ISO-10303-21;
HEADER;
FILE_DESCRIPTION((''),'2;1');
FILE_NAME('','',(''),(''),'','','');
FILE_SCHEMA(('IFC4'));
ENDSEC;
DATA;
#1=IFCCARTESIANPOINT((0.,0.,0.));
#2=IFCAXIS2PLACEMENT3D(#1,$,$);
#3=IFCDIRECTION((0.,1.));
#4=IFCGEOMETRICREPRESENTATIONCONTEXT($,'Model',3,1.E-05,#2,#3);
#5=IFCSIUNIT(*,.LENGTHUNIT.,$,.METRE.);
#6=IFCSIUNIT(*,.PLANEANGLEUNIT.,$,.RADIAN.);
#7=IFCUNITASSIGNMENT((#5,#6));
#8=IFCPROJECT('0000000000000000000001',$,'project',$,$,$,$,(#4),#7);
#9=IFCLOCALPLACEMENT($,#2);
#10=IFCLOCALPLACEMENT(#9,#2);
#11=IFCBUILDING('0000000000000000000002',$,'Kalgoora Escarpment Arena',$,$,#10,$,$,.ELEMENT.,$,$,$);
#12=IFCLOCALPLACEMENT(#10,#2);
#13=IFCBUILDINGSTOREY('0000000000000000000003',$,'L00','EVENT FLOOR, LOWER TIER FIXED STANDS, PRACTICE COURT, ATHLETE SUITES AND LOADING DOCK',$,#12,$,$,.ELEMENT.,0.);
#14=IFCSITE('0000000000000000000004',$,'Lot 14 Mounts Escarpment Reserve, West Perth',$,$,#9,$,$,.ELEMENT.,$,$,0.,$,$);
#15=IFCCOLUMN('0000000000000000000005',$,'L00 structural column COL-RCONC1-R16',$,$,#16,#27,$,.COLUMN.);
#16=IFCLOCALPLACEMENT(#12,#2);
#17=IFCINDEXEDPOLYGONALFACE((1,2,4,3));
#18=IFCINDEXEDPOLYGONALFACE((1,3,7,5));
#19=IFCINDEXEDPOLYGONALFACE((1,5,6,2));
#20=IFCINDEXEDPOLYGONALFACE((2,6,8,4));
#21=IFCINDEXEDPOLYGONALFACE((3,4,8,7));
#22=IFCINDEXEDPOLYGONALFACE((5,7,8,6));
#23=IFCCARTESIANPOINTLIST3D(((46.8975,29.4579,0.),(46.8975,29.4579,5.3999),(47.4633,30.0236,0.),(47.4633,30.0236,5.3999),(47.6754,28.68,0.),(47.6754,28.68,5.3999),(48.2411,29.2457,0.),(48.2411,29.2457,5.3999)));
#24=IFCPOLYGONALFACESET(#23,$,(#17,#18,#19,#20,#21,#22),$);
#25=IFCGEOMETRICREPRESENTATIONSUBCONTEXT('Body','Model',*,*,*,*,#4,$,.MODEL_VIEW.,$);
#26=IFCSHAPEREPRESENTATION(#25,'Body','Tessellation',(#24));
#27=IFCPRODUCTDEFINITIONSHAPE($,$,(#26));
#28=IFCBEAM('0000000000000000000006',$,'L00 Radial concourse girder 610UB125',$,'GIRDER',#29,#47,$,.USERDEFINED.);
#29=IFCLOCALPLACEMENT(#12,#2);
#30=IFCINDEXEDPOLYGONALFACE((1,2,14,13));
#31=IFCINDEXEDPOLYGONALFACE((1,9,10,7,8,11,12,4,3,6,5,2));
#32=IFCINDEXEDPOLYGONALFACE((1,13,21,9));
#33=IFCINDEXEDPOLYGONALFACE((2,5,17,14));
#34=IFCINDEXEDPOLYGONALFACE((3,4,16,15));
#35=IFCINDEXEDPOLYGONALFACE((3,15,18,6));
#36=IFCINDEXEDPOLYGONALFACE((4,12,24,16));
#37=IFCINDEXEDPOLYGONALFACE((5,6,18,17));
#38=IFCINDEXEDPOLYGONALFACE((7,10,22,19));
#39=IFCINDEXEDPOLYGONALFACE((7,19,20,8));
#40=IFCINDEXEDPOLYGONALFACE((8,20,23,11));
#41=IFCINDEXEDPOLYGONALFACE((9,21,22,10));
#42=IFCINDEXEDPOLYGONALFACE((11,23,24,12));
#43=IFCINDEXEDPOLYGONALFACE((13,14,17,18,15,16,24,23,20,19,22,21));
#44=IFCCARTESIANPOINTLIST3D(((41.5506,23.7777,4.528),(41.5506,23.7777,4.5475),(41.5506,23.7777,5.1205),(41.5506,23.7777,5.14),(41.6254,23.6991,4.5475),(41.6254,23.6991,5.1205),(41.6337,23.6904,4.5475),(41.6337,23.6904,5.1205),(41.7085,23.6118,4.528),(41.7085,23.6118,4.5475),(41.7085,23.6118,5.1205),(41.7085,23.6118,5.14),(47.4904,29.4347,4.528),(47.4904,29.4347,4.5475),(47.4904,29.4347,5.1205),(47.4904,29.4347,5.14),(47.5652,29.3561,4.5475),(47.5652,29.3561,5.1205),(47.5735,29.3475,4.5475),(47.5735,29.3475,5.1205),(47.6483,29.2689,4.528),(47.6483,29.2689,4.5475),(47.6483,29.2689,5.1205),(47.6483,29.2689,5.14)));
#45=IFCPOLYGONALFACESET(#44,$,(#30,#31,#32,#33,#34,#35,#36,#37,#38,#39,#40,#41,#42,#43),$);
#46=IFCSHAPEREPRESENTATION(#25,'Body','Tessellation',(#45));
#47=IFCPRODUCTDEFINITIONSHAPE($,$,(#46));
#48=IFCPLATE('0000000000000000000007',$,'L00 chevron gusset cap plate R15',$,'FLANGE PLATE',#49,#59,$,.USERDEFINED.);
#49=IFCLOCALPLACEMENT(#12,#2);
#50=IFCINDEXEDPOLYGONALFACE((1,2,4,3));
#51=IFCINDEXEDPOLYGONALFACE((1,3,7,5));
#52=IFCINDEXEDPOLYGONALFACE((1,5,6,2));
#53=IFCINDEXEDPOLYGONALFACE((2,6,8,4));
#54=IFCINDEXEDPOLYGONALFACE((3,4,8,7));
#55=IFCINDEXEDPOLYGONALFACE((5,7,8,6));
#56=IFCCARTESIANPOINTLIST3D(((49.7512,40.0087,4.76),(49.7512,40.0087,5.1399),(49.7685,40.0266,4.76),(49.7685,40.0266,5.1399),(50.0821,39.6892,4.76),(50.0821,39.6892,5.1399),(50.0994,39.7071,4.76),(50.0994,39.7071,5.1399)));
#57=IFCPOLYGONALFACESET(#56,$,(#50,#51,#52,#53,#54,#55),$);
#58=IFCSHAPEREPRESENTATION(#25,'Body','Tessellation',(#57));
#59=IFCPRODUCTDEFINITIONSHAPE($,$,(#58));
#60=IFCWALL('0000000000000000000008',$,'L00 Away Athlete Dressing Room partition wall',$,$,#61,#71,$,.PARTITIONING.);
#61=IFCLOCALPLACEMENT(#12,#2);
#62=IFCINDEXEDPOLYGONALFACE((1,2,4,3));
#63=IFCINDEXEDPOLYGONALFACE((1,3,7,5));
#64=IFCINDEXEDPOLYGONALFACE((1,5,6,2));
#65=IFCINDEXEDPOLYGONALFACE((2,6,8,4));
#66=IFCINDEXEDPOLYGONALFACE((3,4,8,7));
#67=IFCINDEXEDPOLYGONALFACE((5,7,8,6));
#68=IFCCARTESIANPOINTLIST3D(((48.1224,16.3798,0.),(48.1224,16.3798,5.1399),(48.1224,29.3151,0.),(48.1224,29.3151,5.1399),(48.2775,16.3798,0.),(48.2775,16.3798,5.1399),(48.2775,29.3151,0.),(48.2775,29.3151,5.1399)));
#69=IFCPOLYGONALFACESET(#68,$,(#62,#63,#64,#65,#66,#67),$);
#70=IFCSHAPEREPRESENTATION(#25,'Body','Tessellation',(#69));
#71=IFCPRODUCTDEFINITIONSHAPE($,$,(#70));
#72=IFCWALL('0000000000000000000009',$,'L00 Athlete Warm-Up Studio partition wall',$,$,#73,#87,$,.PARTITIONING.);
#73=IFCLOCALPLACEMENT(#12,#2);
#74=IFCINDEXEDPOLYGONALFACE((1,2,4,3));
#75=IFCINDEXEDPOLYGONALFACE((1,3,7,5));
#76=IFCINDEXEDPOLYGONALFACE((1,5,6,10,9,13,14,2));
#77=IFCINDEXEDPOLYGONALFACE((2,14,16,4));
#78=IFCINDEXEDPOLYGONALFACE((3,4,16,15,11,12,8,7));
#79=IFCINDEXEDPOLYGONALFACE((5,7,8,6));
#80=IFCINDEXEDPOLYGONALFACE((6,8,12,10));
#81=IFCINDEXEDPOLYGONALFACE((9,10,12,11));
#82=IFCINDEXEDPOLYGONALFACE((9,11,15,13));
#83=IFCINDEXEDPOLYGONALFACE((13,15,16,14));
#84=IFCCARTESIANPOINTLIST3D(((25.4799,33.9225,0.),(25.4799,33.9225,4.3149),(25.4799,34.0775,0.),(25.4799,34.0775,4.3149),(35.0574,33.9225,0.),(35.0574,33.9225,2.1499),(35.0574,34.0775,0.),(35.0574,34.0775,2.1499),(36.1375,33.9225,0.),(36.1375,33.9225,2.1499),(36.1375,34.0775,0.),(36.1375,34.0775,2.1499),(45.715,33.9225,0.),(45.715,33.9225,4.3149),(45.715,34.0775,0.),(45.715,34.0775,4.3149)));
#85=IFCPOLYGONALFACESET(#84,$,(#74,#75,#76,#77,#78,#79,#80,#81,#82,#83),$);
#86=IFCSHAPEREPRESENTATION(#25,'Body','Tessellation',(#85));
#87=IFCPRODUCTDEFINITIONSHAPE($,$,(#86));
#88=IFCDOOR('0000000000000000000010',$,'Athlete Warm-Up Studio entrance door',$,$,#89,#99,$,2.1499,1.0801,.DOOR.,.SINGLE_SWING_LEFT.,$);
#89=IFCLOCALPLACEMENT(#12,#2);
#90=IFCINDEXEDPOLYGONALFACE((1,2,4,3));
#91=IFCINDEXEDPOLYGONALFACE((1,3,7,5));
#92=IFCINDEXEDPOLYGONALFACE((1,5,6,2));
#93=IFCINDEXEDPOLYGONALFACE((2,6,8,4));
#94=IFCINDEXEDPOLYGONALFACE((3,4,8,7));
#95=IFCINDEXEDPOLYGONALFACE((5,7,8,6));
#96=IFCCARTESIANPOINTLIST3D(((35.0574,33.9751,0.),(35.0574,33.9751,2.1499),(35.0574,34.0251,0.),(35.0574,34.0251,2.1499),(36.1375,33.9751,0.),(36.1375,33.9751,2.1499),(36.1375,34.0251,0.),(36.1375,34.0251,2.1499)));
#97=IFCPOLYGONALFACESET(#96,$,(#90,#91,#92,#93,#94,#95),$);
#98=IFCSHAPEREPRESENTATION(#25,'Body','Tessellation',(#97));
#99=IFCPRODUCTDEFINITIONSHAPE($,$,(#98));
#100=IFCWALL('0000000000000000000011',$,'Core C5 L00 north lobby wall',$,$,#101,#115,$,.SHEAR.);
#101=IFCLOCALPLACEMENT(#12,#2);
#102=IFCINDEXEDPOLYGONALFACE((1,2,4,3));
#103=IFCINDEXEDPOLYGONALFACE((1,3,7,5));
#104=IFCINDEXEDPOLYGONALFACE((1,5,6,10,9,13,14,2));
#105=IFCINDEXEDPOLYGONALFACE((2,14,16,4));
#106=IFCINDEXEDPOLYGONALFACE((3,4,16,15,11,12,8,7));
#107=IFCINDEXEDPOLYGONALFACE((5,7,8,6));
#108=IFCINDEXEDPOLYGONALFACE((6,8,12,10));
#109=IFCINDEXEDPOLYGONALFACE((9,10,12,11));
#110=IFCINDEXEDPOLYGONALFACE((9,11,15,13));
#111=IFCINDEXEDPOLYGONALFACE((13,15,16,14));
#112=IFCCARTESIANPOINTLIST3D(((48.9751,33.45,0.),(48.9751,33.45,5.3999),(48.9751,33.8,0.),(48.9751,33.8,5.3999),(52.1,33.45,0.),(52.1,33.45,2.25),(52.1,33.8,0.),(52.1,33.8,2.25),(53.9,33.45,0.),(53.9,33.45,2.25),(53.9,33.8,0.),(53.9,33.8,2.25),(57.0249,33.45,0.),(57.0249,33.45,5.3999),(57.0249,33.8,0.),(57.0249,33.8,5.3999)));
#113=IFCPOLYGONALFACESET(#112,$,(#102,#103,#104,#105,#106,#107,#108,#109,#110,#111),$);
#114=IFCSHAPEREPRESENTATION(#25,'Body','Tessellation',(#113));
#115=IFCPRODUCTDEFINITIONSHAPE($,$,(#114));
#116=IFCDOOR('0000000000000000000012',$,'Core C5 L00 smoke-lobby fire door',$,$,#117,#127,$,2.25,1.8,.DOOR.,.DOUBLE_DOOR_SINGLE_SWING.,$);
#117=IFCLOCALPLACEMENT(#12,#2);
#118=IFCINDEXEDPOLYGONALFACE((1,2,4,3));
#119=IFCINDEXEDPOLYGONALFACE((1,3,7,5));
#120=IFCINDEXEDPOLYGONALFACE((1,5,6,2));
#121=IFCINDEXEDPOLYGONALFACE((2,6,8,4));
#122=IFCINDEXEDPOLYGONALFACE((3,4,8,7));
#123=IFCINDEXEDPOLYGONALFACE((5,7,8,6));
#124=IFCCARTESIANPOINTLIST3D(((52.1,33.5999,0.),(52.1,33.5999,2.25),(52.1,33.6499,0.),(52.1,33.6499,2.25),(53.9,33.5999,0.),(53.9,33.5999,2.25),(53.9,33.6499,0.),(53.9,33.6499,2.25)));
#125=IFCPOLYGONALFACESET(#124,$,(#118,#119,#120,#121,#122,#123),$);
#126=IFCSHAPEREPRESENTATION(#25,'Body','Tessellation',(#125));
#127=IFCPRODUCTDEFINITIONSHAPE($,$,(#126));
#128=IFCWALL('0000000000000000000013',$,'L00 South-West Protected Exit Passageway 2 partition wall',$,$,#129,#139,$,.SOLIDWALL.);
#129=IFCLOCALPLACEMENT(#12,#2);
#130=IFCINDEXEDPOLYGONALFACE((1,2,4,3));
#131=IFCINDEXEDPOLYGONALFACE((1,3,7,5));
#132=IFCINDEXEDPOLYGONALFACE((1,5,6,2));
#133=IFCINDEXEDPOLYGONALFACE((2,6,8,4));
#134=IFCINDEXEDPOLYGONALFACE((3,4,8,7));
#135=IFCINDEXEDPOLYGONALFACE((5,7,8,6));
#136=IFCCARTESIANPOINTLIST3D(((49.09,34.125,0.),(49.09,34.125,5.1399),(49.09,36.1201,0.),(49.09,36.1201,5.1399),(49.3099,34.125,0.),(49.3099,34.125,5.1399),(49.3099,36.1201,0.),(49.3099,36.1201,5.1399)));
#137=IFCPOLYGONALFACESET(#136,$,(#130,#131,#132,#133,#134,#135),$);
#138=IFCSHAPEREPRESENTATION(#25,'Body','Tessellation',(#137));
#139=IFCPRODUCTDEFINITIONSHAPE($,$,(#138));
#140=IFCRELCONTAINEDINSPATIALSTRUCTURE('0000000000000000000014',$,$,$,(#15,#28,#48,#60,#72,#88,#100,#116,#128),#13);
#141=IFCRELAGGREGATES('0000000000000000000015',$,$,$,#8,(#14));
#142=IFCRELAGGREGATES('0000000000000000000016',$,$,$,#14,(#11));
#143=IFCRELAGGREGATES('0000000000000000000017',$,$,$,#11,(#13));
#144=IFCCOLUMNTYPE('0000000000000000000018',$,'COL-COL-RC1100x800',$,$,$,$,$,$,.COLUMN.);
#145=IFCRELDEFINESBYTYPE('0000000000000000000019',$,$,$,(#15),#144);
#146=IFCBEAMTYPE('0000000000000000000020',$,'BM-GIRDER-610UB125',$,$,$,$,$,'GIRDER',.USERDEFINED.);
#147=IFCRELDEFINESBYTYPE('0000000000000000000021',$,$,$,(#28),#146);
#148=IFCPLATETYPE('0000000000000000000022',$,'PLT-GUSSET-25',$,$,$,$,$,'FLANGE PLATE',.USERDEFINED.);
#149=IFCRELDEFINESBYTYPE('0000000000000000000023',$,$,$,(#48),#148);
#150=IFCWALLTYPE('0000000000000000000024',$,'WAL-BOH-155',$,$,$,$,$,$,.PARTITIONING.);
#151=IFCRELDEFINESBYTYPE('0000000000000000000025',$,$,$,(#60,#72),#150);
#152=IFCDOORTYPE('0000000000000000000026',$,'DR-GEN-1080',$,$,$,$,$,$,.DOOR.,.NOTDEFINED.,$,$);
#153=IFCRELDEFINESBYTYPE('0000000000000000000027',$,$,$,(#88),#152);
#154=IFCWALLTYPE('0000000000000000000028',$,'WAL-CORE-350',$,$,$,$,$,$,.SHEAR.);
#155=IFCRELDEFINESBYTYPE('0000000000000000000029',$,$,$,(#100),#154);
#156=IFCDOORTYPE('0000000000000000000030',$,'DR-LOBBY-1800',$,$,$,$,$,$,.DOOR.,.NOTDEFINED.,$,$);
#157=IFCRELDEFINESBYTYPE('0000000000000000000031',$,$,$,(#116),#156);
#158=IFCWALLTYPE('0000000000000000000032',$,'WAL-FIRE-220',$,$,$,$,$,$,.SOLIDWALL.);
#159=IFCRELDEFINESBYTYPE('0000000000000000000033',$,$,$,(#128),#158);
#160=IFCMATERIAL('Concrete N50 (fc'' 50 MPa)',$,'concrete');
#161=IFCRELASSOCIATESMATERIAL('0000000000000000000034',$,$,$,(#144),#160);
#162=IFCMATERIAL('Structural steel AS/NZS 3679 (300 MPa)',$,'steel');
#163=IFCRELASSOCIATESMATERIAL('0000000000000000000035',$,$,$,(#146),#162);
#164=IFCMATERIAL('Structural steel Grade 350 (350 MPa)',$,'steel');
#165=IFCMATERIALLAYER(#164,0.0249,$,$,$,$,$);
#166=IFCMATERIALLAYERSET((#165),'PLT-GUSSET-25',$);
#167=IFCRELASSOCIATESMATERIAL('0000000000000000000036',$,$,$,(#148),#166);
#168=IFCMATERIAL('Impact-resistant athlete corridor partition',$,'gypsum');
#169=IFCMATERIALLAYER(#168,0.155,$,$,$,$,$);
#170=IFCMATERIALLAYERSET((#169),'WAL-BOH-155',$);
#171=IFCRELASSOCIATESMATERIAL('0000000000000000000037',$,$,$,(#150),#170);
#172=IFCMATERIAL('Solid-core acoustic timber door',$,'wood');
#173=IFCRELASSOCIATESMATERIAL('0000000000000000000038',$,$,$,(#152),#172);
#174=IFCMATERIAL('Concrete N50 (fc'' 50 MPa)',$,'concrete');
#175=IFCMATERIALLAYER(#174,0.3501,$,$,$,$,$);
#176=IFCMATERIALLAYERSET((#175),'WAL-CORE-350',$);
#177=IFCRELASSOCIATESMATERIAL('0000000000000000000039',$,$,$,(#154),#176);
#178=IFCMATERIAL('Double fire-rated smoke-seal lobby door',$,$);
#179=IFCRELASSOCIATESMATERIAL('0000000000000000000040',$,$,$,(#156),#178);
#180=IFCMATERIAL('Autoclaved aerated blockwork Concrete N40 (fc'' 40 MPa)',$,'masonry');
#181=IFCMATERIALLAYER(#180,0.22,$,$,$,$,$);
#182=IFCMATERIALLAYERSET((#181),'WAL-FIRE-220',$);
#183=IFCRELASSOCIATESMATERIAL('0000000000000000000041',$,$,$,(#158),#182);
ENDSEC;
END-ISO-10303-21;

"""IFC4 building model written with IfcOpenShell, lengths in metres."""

from ifc_helpers import new_model, si_unit, direction, frame, frame_2d, origin, origin_2d, place, context, subcontext, project, spatial, rectangle, i_section, extrude, material, layer, layer_set, material_profile, profile_set, type_object, element, fill, save


model = new_model("IFC4")

# Units and contexts
model_context = context("Model", 3, precision=1e-05, world=origin(), true_north=direction((0.0, 1.0)))
body_context = subcontext(model_context, "Body", "Model", "MODEL_VIEW")
ifc_project = project(units=[si_unit("LENGTHUNIT", "METRE"), si_unit("PLANEANGLEUNIT", "RADIAN")], contexts=[model_context])

# Site, building, storey
site_placement = place(None, origin())
site = spatial("IfcSite", under=ifc_project, at=site_placement, Name="Lot 14 Mounts Escarpment Reserve, West Perth", CompositionType="ELEMENT", RefElevation=0.0)
building_placement = place(site_placement, origin())
building = spatial("IfcBuilding", under=site, at=building_placement, Name="Kalgoora Escarpment Arena", CompositionType="ELEMENT")
storey_placement = place(building_placement, origin())
storey = spatial("IfcBuildingStorey", under=building, at=storey_placement, Name="L00", Description="EVENT FLOOR, LOWER TIER FIXED STANDS, PRACTICE COURT, ATHLETE SUITES AND LOADING DOCK", CompositionType="ELEMENT", Elevation=0.0)

# Column
ifc_material_1 = material(Name="Concrete N50 (fc' 50 MPa)", Category="concrete")
ifc_material_profile_1 = material_profile(ifc_material_1, rectangle(XDim=0.8, YDim=1.1001, at=origin_2d()))
ifc_profile_set_1 = profile_set([ifc_material_profile_1], Name="Concrete N50 (fc' 50 MPa)")
column_type = type_object("IfcColumnType", Name="COL-COL-RC1100x800", PredefinedType="COLUMN", material=ifc_profile_set_1)
column_placement = place(storey_placement, frame((47.5693, 29.3518, 0.0), z_axis=(0.0, 0.0, 1.0), x_axis=(-0.707107, -0.707107, 0.0)))
element("IfcColumn", 1, at=column_placement, inside=storey, type_object=column_type, Name="L00 structural column COL-RCONC1-R16", PredefinedType="COLUMN", context=body_context, shape_type="SweptSolid", body=[
    extrude(rectangle(XDim=0.8, YDim=1.1001, at=origin_2d()), origin(), (0.0, 0.0, 1.0), 5.3999),
])

# Beam
ifc_material_2 = material(Name="Structural steel AS/NZS 3679 (300 MPa)", Category="steel")
ifc_material_profile_2 = material_profile(ifc_material_2, i_section(OverallWidth=0.229, OverallDepth=0.6121, WebThickness=0.012, FlangeThickness=0.0195, at=origin_2d()))
ifc_profile_set_2 = profile_set([ifc_material_profile_2], Name="Structural steel AS/NZS 3679 (300 MPa)")
beam_type = type_object("IfcBeamType", Name="BM-GIRDER-610UB125", ElementType="GIRDER", PredefinedType="USERDEFINED", material=ifc_profile_set_2)
beam_placement = place(storey_placement, frame((47.5693, 29.3518, 4.834), z_axis=(-0.72413, -0.689663, 0.0), x_axis=(0.689663, -0.72413, 0.0)))
element("IfcBeam", 2, at=beam_placement, inside=storey, type_object=beam_type, Name="L00 Radial concourse girder 610UB125", ObjectType="GIRDER", PredefinedType="USERDEFINED", context=body_context, shape_type="SweptSolid", body=[
    extrude(i_section(OverallWidth=0.229, OverallDepth=0.6121, WebThickness=0.012, FlangeThickness=0.0195, at=origin_2d()), origin(), (0.0, 0.0, 1.0), 8.2026),
])

# Plate
ifc_material_3 = material(Name="Structural steel Grade 350 (350 MPa)", Category="steel")
ifc_layer_1 = layer(ifc_material_3, 0.0249)
ifc_layer_set_1 = layer_set([ifc_layer_1], Name="PLT-GUSSET-25")
plate_type = type_object("IfcPlateType", Name="PLT-GUSSET-25", ElementType="FLANGE PLATE", PredefinedType="USERDEFINED", material=ifc_layer_set_1)
plate_placement = place(storey_placement, frame((49.9253, 39.8579, 4.76), z_axis=(0.0, 0.0, 1.0), x_axis=(0.719461, -0.694533, 0.0)))
element("IfcPlate", 3, at=plate_placement, inside=storey, type_object=plate_type, Name="L00 chevron gusset cap plate R15", ObjectType="FLANGE PLATE", PredefinedType="USERDEFINED", context=body_context, shape_type="SweptSolid", body=[
    extrude(rectangle(XDim=0.46, YDim=0.0249, at=origin_2d()), origin(), (0.0, 0.0, 1.0), 0.3799),
])

# Wall
ifc_material_4 = material(Name="Impact-resistant athlete corridor partition", Category="gypsum")
ifc_layer_2 = layer(ifc_material_4, 0.155)
ifc_layer_set_2 = layer_set([ifc_layer_2], Name="WAL-BOH-155")
wall_type_1 = type_object("IfcWallType", Name="WAL-BOH-155", PredefinedType="PARTITIONING", material=ifc_layer_set_2)
wall_1_placement = place(storey_placement, frame((48.2, 29.3152, 0.0), z_axis=(0.0, 0.0, 1.0), x_axis=(0.0, -1.0, 0.0)))
element("IfcWall", 4, at=wall_1_placement, inside=storey, type_object=wall_type_1, Name="L00 Away Athlete Dressing Room partition wall", PredefinedType="PARTITIONING", context=body_context, shape_type="SweptSolid", body=[
    extrude(rectangle(XDim=12.9353, YDim=0.155, at=frame_2d((6.4678, 0.0))), origin(), (0.0, 0.0, 1.0), 5.1399),
])

# Walls, openings, doors
wall_2_placement = place(storey_placement, frame((45.7151, 34.0, 0.0), z_axis=(0.0, 0.0, 1.0), x_axis=(-1.0, 0.0, 0.0)))
wall_2 = element("IfcWall", 5, at=wall_2_placement, inside=storey, type_object=wall_type_1, Name="L00 Athlete Warm-Up Studio partition wall", PredefinedType="PARTITIONING", context=body_context, shape_type="SweptSolid", body=[
    extrude(rectangle(XDim=20.2351, YDim=0.155, at=frame_2d((10.1177, 0.0))), origin(), (0.0, 0.0, 1.0), 4.3149),
])
opening_1_placement = place(wall_2_placement, frame((9.5776, 0.0, 0.0)))
opening_1 = element("IfcOpeningElement", 6, at=opening_1_placement, cuts=wall_2, PredefinedType="OPENING", context=body_context, shape_type="SweptSolid", body=[
    extrude(rectangle(XDim=1.0801, YDim=2.1499, at=frame_2d((0.54, 1.075))), frame((0.0, 0.0874, 0.0), z_axis=(0.0, -1.0, 0.0), x_axis=(1.0, 0.0, 0.0)), (0.0, 0.0, 1.0), 0.175),
])
ifc_material_5 = material(Name="Solid-core acoustic timber door", Category="wood")
door_type_1 = type_object("IfcDoorType", Name="DR-GEN-1080", OperationType="NOTDEFINED", PredefinedType="DOOR", material=ifc_material_5)
door_1_placement = place(opening_1_placement, origin())
door_1 = element("IfcDoor", 7, at=door_1_placement, inside=storey, type_object=door_type_1, Name="Athlete Warm-Up Studio entrance door", OperationType="SINGLE_SWING_LEFT", OverallHeight=2.1499, OverallWidth=1.0801, PredefinedType="DOOR", context=body_context, shape_type="SweptSolid", body=[
    extrude(rectangle(XDim=1.0801, YDim=2.1499, at=frame_2d((0.54, 1.075))), frame((0.0, 0.0249, 0.0), z_axis=(0.0, -1.0, 0.0), x_axis=(1.0, 0.0, 0.0)), (0.0, 0.0, 1.0), 0.05),
])
fill(opening_1, door_1)
ifc_material_6 = material(Name="Concrete N50 (fc' 50 MPa)", Category="concrete")
ifc_layer_3 = layer(ifc_material_6, 0.3501)
ifc_layer_set_3 = layer_set([ifc_layer_3], Name="WAL-CORE-350")
wall_type_2 = type_object("IfcWallType", Name="WAL-CORE-350", PredefinedType="SHEAR", material=ifc_layer_set_3)
wall_3_placement = place(storey_placement, frame((48.9751, 33.625, 0.0), z_axis=(0.0, 0.0, 1.0), x_axis=(1.0, 0.0, 0.0)))
wall_3 = element("IfcWall", 8, at=wall_3_placement, inside=storey, type_object=wall_type_2, Name="Core C5 L00 north lobby wall", PredefinedType="SHEAR", context=body_context, shape_type="SweptSolid", body=[
    extrude(rectangle(XDim=8.0498, YDim=0.3501, at=frame_2d((4.0249, 0.0))), origin(), (0.0, 0.0, 1.0), 5.3999),
])
opening_2_placement = place(wall_3_placement, frame((3.125, 0.0, 0.0)))
opening_2 = element("IfcOpeningElement", 9, at=opening_2_placement, cuts=wall_3, PredefinedType="OPENING", context=body_context, shape_type="SweptSolid", body=[
    extrude(rectangle(XDim=1.8, YDim=2.25, at=frame_2d((0.8999, 1.125))), frame((0.0, 0.1851, 0.0), z_axis=(0.0, -1.0, 0.0), x_axis=(1.0, 0.0, 0.0)), (0.0, 0.0, 1.0), 0.3701),
])
ifc_material_7 = material(Name="Double fire-rated smoke-seal lobby door")
door_type_2 = type_object("IfcDoorType", Name="DR-LOBBY-1800", OperationType="NOTDEFINED", PredefinedType="DOOR", material=ifc_material_7)
door_2_placement = place(opening_2_placement, origin())
door_2 = element("IfcDoor", 10, at=door_2_placement, inside=storey, type_object=door_type_2, Name="Core C5 L00 smoke-lobby fire door", OperationType="DOUBLE_DOOR_SINGLE_SWING", OverallHeight=2.25, OverallWidth=1.8, PredefinedType="DOOR", context=body_context, shape_type="SweptSolid", body=[
    extrude(rectangle(XDim=1.8, YDim=2.25, at=frame_2d((0.8999, 1.125))), frame((0.0, 0.0249, 0.0), z_axis=(0.0, -1.0, 0.0), x_axis=(1.0, 0.0, 0.0)), (0.0, 0.0, 1.0), 0.05),
])
fill(opening_2, door_2)

# Wall
ifc_material_8 = material(Name="Autoclaved aerated blockwork Concrete N40 (fc' 40 MPa)", Category="masonry")
ifc_layer_4 = layer(ifc_material_8, 0.22)
ifc_layer_set_4 = layer_set([ifc_layer_4], Name="WAL-FIRE-220")
wall_type_3 = type_object("IfcWallType", Name="WAL-FIRE-220", PredefinedType="SOLIDWALL", material=ifc_layer_set_4)
wall_4_placement = place(storey_placement, frame((49.2, 34.125, 0.0), z_axis=(0.0, 0.0, 1.0), x_axis=(0.0, 1.0, 0.0)))
element("IfcWall", 11, at=wall_4_placement, inside=storey, type_object=wall_type_3, Name="L00 South-West Protected Exit Passageway 2 partition wall", PredefinedType="SOLIDWALL", context=body_context, shape_type="SweptSolid", body=[
    extrude(rectangle(XDim=1.9951, YDim=0.22, at=frame_2d((0.9976, 0.0))), origin(), (0.0, 0.0, 1.0), 5.1399),
])

save(model, "model.ifc")
